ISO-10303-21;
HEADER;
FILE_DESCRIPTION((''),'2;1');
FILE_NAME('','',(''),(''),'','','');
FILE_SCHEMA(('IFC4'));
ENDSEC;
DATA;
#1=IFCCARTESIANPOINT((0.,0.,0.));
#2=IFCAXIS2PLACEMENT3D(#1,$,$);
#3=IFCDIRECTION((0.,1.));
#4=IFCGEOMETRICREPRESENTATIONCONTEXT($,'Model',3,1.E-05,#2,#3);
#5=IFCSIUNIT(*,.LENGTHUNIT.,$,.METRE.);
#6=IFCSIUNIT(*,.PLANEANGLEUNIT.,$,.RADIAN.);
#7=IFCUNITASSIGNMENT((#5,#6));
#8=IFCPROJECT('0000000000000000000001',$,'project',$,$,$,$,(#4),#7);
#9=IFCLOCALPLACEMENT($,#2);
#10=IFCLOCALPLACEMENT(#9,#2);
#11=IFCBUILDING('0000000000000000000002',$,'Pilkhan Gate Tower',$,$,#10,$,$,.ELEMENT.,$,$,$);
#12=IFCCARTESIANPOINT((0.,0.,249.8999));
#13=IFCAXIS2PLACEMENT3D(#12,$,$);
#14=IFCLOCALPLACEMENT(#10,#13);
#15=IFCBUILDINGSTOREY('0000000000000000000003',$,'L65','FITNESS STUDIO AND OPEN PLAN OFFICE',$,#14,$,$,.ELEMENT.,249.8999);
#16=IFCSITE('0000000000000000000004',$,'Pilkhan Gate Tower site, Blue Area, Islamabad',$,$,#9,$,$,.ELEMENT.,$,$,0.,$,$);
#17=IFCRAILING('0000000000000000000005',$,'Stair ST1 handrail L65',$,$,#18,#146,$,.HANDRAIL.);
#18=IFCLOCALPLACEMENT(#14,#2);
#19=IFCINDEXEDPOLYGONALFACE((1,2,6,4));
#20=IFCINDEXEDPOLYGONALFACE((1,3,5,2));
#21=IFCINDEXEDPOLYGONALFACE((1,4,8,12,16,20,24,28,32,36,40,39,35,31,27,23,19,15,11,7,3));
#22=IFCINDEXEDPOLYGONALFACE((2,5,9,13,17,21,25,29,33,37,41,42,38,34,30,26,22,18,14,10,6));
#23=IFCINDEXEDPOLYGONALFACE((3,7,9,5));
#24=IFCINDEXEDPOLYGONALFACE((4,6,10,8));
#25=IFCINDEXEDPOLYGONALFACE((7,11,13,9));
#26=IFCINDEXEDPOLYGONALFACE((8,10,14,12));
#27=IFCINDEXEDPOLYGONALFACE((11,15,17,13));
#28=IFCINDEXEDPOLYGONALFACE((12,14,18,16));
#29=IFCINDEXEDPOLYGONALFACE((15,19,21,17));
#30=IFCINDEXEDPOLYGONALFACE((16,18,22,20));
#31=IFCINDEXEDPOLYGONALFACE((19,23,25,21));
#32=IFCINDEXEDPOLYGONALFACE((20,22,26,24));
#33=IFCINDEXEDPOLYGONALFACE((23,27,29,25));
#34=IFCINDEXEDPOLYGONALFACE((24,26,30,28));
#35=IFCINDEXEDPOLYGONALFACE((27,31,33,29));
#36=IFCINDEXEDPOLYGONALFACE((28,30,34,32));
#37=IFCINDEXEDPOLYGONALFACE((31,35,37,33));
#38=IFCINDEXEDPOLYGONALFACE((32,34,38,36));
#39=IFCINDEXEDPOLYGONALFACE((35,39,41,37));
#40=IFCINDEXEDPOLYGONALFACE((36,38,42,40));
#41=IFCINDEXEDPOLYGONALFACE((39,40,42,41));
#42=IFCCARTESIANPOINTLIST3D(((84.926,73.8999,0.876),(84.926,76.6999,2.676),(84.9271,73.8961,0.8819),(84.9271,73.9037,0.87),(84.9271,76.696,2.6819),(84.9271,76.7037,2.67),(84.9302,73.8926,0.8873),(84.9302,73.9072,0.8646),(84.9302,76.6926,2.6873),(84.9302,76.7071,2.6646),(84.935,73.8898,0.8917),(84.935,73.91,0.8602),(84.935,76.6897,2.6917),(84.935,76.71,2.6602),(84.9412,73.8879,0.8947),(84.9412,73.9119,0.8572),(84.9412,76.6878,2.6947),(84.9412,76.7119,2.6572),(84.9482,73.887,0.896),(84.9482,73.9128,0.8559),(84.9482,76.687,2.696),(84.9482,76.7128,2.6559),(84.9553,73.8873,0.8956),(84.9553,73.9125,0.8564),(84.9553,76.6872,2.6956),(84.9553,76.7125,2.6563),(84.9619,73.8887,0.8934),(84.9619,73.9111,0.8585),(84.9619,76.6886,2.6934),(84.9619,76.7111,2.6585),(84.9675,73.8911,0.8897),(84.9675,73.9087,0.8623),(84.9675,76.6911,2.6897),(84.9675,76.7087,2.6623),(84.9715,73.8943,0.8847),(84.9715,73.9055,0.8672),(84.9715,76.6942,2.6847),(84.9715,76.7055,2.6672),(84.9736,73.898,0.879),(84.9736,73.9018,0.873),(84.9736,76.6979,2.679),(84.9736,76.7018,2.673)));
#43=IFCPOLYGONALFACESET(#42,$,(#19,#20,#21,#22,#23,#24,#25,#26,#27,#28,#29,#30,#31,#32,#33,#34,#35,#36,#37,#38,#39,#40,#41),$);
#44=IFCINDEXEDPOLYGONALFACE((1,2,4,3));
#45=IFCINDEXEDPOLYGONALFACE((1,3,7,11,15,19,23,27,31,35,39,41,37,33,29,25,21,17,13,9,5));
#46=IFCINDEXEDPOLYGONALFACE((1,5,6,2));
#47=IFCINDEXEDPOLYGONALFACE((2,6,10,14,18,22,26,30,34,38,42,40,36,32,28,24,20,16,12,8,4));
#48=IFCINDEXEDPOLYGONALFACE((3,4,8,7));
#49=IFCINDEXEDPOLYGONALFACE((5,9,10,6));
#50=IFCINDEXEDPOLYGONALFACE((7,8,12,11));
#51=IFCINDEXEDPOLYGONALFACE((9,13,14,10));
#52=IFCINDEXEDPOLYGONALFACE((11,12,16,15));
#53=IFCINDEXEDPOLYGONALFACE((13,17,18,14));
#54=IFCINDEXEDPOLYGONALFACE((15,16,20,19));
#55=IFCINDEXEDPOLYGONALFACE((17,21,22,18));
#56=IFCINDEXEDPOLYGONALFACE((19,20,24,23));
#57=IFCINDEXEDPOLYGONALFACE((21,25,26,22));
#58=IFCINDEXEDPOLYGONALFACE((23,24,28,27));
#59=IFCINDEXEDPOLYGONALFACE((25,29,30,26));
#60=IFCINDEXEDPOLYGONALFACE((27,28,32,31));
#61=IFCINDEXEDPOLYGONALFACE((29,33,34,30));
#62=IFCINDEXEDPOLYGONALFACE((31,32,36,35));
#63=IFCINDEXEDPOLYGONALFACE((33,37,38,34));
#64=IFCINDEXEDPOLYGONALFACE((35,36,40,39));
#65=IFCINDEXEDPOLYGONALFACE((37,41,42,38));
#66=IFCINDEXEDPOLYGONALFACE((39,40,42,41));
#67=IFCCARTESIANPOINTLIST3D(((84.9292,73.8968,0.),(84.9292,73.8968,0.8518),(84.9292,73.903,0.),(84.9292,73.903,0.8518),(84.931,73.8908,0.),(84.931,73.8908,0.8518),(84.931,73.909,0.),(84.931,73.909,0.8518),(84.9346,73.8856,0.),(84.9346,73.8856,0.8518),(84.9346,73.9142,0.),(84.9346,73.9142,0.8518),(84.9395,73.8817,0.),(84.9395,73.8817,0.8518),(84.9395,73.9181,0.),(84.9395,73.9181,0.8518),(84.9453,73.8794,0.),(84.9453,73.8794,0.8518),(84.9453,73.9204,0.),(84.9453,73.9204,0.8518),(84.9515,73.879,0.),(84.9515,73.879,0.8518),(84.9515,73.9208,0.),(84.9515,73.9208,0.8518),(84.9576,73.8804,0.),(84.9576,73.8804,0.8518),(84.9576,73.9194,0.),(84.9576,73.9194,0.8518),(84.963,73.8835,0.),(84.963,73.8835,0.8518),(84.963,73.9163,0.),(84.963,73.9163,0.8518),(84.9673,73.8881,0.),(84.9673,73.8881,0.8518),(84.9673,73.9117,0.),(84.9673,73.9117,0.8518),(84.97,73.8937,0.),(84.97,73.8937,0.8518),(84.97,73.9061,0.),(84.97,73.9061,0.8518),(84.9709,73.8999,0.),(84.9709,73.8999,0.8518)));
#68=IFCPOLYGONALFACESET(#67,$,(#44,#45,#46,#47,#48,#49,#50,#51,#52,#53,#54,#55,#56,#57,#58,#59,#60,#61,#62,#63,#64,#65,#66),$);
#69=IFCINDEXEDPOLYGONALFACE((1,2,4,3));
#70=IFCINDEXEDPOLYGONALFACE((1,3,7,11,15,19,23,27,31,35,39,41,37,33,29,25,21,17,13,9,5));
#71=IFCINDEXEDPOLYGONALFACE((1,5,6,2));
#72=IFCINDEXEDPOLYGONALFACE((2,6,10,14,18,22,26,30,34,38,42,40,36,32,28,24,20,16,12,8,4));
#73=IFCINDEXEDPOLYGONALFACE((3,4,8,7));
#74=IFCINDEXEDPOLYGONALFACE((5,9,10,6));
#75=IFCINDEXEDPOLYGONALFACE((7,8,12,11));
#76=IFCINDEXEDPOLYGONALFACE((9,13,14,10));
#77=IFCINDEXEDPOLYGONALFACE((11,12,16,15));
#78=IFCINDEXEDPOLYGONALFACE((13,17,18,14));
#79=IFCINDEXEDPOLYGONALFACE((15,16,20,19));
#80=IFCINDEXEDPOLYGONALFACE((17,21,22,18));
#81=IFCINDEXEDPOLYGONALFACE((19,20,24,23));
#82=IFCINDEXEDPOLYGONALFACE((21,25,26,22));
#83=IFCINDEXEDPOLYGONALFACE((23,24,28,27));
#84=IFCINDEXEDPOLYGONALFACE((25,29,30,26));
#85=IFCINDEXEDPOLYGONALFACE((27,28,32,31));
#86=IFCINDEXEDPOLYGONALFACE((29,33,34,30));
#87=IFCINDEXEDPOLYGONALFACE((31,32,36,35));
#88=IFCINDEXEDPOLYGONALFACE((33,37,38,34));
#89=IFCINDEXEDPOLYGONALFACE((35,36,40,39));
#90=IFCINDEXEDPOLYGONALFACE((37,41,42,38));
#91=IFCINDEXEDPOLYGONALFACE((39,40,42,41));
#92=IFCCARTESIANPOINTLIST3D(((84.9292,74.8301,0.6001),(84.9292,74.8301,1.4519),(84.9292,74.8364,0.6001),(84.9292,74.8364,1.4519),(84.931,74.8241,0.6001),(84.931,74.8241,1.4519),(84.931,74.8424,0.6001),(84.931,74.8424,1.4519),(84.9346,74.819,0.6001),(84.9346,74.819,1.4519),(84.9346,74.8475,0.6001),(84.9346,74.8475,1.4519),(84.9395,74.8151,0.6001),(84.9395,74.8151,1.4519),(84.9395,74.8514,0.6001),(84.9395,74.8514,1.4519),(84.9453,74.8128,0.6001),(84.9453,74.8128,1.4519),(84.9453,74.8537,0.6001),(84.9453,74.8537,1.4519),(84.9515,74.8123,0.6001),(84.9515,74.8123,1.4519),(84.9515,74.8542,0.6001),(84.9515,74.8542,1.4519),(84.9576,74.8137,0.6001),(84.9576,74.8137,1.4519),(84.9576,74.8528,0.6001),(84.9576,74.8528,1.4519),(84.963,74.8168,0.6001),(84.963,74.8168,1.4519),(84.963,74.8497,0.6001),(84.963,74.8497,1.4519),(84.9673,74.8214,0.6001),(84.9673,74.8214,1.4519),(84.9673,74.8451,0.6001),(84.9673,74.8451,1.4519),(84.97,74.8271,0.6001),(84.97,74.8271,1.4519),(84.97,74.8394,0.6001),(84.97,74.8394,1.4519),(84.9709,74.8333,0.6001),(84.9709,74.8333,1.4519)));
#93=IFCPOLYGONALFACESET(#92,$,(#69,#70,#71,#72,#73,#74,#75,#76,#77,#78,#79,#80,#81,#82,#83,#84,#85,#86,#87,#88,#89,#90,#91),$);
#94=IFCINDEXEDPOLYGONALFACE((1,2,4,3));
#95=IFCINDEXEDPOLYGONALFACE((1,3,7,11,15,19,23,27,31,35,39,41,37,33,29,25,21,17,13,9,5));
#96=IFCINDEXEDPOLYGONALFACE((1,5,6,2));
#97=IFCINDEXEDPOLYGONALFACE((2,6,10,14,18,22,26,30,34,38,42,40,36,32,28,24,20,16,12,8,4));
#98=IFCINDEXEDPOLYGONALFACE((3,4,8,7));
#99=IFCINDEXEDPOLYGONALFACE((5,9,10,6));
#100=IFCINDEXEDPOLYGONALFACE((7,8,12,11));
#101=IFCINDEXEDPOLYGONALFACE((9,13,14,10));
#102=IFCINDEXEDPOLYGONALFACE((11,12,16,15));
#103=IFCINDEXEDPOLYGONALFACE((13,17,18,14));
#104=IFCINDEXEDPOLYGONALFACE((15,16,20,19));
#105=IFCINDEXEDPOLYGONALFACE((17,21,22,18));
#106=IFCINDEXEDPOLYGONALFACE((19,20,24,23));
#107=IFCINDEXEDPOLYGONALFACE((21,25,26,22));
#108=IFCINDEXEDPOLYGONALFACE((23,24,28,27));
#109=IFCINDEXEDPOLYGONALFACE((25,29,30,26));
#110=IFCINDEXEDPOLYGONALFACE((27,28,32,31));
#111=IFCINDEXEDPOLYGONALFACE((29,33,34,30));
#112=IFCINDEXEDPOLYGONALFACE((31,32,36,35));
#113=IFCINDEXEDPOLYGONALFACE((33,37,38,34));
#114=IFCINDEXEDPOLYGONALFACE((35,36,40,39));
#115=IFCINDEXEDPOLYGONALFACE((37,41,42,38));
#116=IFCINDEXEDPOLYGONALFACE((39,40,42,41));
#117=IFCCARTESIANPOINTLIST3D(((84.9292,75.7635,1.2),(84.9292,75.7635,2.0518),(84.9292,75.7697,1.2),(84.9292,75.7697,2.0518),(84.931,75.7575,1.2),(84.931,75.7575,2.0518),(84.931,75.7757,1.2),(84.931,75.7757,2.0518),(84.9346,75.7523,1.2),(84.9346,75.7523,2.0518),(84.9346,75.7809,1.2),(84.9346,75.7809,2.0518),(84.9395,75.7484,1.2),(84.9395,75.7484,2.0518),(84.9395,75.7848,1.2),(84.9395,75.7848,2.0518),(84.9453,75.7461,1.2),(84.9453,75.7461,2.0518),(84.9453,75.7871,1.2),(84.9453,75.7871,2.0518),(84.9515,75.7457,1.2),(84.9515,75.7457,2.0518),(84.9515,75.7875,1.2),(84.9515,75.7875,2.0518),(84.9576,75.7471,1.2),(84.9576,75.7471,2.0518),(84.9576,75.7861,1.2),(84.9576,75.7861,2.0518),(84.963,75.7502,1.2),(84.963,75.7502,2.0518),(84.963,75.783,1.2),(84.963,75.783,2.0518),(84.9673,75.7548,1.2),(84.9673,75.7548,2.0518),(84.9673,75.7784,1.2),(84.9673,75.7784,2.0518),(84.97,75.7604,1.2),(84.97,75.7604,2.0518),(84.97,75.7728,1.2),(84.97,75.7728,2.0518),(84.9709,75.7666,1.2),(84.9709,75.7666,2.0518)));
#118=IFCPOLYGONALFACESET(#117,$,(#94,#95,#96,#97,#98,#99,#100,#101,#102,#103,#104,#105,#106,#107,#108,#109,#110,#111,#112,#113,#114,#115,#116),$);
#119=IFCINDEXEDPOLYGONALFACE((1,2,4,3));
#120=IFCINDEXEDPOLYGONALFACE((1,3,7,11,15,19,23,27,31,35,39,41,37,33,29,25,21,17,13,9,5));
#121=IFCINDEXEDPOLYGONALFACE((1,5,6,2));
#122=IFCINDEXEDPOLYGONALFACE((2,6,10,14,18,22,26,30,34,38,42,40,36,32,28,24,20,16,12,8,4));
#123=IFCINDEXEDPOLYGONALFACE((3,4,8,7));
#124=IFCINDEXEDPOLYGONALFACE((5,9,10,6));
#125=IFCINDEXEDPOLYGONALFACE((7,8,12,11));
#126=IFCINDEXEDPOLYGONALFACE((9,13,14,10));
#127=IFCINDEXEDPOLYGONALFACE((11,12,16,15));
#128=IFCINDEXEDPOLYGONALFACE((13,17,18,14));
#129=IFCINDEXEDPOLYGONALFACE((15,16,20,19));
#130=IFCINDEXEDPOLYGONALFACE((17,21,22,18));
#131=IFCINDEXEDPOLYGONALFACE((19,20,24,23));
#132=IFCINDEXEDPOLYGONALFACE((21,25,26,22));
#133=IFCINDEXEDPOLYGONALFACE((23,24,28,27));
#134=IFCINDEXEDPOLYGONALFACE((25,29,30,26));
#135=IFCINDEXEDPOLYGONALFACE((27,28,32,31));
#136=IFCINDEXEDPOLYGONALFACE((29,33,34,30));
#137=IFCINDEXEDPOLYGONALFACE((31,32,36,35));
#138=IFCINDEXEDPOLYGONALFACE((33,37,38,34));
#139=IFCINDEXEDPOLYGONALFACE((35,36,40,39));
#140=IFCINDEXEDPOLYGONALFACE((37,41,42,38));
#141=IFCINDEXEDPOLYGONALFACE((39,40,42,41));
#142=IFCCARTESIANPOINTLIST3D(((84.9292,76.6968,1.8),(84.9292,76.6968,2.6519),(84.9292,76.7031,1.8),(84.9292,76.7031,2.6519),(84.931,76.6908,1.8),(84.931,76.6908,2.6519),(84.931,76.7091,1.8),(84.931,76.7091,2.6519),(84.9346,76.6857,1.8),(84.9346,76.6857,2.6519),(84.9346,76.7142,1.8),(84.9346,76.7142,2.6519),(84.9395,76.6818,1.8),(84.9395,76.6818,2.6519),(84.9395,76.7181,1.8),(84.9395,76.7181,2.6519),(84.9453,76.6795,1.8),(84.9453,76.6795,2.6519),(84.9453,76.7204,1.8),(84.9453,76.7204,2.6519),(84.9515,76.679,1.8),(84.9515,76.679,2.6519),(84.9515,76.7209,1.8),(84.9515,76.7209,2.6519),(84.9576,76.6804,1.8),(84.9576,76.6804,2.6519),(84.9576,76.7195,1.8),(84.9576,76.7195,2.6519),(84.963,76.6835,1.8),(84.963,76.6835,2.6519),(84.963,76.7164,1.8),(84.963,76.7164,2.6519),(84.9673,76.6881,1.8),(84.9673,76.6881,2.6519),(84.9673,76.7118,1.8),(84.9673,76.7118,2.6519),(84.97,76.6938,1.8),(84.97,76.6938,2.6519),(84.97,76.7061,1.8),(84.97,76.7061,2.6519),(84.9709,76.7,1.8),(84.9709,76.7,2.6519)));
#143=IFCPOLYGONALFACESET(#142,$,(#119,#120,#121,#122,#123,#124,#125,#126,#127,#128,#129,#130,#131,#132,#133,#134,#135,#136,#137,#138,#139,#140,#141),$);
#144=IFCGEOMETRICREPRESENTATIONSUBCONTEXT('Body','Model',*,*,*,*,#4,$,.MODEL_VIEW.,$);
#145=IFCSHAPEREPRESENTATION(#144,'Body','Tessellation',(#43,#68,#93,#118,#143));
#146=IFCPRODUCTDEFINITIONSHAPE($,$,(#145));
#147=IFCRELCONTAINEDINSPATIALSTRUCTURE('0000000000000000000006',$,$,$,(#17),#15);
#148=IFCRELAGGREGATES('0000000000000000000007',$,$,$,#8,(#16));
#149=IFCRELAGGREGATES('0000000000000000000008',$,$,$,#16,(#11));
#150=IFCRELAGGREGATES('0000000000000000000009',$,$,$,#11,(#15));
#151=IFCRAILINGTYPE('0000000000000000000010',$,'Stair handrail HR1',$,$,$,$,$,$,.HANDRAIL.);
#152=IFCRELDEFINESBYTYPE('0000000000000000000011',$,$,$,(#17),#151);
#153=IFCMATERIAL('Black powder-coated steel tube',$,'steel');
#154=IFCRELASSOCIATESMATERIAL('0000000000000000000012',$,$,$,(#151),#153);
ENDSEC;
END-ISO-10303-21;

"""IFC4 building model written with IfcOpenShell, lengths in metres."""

from ifc_helpers import new_model, si_unit, direction, frame, origin, origin_2d, place, context, subcontext, project, spatial, circle, extrude, material, type_object, element, save


model = new_model("IFC4")

# Units and contexts
model_context = context("Model", 3, precision=1e-05, world=origin(), true_north=direction((0.0, 1.0)))
body_context = subcontext(model_context, "Body", "Model", "MODEL_VIEW")
ifc_project = project(units=[si_unit("LENGTHUNIT", "METRE"), si_unit("PLANEANGLEUNIT", "RADIAN")], contexts=[model_context])

# Site, building, storey
site_placement = place(None, origin())
site = spatial("IfcSite", under=ifc_project, at=site_placement, Name="Pilkhan Gate Tower site, Blue Area, Islamabad", CompositionType="ELEMENT", RefElevation=0.0)
building_placement = place(site_placement, origin())
building = spatial("IfcBuilding", under=site, at=building_placement, Name="Pilkhan Gate Tower", CompositionType="ELEMENT")
storey_placement = place(building_placement, frame((0.0, 0.0, 249.8999)))
storey = spatial("IfcBuildingStorey", under=building, at=storey_placement, Name="L65", Description="FITNESS STUDIO AND OPEN PLAN OFFICE", CompositionType="ELEMENT", Elevation=249.8999)

# Railing
ifc_material_1 = material(Name="Black powder-coated steel tube", Category="steel")
railing_type = type_object("IfcRailingType", Name="Stair handrail HR1", PredefinedType="HANDRAIL", material=ifc_material_1)
railing_placement = place(storey_placement, frame((84.95, 73.8999, 0.0)))
element("IfcRailing", 1, at=railing_placement, inside=storey, type_object=railing_type, Name="Stair ST1 handrail L65", PredefinedType="HANDRAIL", context=body_context, shape_type="SweptSolid", body=[
    extrude(circle(Radius=0.0239, at=origin_2d()), frame((0.0, 0.0, 0.876), z_axis=(0.0, 0.841176, 0.540761), x_axis=(-1.0, 0.0, 0.0)), (0.0, 0.0, 1.0), 3.3286),
    extrude(circle(Radius=0.021, at=origin_2d()), origin(), (0.0, 0.0, 1.0), 0.8518),
    extrude(circle(Radius=0.021, at=origin_2d()), frame((0.0, 0.9333, 0.6001)), (0.0, 0.0, 1.0), 0.8518),
    extrude(circle(Radius=0.021, at=origin_2d()), frame((0.0, 1.8667, 1.2)), (0.0, 0.0, 1.0), 0.8518),
    extrude(circle(Radius=0.021, at=origin_2d()), frame((0.0, 2.8, 1.8)), (0.0, 0.0, 1.0), 0.8518),
])

save(model, "model.ifc")
